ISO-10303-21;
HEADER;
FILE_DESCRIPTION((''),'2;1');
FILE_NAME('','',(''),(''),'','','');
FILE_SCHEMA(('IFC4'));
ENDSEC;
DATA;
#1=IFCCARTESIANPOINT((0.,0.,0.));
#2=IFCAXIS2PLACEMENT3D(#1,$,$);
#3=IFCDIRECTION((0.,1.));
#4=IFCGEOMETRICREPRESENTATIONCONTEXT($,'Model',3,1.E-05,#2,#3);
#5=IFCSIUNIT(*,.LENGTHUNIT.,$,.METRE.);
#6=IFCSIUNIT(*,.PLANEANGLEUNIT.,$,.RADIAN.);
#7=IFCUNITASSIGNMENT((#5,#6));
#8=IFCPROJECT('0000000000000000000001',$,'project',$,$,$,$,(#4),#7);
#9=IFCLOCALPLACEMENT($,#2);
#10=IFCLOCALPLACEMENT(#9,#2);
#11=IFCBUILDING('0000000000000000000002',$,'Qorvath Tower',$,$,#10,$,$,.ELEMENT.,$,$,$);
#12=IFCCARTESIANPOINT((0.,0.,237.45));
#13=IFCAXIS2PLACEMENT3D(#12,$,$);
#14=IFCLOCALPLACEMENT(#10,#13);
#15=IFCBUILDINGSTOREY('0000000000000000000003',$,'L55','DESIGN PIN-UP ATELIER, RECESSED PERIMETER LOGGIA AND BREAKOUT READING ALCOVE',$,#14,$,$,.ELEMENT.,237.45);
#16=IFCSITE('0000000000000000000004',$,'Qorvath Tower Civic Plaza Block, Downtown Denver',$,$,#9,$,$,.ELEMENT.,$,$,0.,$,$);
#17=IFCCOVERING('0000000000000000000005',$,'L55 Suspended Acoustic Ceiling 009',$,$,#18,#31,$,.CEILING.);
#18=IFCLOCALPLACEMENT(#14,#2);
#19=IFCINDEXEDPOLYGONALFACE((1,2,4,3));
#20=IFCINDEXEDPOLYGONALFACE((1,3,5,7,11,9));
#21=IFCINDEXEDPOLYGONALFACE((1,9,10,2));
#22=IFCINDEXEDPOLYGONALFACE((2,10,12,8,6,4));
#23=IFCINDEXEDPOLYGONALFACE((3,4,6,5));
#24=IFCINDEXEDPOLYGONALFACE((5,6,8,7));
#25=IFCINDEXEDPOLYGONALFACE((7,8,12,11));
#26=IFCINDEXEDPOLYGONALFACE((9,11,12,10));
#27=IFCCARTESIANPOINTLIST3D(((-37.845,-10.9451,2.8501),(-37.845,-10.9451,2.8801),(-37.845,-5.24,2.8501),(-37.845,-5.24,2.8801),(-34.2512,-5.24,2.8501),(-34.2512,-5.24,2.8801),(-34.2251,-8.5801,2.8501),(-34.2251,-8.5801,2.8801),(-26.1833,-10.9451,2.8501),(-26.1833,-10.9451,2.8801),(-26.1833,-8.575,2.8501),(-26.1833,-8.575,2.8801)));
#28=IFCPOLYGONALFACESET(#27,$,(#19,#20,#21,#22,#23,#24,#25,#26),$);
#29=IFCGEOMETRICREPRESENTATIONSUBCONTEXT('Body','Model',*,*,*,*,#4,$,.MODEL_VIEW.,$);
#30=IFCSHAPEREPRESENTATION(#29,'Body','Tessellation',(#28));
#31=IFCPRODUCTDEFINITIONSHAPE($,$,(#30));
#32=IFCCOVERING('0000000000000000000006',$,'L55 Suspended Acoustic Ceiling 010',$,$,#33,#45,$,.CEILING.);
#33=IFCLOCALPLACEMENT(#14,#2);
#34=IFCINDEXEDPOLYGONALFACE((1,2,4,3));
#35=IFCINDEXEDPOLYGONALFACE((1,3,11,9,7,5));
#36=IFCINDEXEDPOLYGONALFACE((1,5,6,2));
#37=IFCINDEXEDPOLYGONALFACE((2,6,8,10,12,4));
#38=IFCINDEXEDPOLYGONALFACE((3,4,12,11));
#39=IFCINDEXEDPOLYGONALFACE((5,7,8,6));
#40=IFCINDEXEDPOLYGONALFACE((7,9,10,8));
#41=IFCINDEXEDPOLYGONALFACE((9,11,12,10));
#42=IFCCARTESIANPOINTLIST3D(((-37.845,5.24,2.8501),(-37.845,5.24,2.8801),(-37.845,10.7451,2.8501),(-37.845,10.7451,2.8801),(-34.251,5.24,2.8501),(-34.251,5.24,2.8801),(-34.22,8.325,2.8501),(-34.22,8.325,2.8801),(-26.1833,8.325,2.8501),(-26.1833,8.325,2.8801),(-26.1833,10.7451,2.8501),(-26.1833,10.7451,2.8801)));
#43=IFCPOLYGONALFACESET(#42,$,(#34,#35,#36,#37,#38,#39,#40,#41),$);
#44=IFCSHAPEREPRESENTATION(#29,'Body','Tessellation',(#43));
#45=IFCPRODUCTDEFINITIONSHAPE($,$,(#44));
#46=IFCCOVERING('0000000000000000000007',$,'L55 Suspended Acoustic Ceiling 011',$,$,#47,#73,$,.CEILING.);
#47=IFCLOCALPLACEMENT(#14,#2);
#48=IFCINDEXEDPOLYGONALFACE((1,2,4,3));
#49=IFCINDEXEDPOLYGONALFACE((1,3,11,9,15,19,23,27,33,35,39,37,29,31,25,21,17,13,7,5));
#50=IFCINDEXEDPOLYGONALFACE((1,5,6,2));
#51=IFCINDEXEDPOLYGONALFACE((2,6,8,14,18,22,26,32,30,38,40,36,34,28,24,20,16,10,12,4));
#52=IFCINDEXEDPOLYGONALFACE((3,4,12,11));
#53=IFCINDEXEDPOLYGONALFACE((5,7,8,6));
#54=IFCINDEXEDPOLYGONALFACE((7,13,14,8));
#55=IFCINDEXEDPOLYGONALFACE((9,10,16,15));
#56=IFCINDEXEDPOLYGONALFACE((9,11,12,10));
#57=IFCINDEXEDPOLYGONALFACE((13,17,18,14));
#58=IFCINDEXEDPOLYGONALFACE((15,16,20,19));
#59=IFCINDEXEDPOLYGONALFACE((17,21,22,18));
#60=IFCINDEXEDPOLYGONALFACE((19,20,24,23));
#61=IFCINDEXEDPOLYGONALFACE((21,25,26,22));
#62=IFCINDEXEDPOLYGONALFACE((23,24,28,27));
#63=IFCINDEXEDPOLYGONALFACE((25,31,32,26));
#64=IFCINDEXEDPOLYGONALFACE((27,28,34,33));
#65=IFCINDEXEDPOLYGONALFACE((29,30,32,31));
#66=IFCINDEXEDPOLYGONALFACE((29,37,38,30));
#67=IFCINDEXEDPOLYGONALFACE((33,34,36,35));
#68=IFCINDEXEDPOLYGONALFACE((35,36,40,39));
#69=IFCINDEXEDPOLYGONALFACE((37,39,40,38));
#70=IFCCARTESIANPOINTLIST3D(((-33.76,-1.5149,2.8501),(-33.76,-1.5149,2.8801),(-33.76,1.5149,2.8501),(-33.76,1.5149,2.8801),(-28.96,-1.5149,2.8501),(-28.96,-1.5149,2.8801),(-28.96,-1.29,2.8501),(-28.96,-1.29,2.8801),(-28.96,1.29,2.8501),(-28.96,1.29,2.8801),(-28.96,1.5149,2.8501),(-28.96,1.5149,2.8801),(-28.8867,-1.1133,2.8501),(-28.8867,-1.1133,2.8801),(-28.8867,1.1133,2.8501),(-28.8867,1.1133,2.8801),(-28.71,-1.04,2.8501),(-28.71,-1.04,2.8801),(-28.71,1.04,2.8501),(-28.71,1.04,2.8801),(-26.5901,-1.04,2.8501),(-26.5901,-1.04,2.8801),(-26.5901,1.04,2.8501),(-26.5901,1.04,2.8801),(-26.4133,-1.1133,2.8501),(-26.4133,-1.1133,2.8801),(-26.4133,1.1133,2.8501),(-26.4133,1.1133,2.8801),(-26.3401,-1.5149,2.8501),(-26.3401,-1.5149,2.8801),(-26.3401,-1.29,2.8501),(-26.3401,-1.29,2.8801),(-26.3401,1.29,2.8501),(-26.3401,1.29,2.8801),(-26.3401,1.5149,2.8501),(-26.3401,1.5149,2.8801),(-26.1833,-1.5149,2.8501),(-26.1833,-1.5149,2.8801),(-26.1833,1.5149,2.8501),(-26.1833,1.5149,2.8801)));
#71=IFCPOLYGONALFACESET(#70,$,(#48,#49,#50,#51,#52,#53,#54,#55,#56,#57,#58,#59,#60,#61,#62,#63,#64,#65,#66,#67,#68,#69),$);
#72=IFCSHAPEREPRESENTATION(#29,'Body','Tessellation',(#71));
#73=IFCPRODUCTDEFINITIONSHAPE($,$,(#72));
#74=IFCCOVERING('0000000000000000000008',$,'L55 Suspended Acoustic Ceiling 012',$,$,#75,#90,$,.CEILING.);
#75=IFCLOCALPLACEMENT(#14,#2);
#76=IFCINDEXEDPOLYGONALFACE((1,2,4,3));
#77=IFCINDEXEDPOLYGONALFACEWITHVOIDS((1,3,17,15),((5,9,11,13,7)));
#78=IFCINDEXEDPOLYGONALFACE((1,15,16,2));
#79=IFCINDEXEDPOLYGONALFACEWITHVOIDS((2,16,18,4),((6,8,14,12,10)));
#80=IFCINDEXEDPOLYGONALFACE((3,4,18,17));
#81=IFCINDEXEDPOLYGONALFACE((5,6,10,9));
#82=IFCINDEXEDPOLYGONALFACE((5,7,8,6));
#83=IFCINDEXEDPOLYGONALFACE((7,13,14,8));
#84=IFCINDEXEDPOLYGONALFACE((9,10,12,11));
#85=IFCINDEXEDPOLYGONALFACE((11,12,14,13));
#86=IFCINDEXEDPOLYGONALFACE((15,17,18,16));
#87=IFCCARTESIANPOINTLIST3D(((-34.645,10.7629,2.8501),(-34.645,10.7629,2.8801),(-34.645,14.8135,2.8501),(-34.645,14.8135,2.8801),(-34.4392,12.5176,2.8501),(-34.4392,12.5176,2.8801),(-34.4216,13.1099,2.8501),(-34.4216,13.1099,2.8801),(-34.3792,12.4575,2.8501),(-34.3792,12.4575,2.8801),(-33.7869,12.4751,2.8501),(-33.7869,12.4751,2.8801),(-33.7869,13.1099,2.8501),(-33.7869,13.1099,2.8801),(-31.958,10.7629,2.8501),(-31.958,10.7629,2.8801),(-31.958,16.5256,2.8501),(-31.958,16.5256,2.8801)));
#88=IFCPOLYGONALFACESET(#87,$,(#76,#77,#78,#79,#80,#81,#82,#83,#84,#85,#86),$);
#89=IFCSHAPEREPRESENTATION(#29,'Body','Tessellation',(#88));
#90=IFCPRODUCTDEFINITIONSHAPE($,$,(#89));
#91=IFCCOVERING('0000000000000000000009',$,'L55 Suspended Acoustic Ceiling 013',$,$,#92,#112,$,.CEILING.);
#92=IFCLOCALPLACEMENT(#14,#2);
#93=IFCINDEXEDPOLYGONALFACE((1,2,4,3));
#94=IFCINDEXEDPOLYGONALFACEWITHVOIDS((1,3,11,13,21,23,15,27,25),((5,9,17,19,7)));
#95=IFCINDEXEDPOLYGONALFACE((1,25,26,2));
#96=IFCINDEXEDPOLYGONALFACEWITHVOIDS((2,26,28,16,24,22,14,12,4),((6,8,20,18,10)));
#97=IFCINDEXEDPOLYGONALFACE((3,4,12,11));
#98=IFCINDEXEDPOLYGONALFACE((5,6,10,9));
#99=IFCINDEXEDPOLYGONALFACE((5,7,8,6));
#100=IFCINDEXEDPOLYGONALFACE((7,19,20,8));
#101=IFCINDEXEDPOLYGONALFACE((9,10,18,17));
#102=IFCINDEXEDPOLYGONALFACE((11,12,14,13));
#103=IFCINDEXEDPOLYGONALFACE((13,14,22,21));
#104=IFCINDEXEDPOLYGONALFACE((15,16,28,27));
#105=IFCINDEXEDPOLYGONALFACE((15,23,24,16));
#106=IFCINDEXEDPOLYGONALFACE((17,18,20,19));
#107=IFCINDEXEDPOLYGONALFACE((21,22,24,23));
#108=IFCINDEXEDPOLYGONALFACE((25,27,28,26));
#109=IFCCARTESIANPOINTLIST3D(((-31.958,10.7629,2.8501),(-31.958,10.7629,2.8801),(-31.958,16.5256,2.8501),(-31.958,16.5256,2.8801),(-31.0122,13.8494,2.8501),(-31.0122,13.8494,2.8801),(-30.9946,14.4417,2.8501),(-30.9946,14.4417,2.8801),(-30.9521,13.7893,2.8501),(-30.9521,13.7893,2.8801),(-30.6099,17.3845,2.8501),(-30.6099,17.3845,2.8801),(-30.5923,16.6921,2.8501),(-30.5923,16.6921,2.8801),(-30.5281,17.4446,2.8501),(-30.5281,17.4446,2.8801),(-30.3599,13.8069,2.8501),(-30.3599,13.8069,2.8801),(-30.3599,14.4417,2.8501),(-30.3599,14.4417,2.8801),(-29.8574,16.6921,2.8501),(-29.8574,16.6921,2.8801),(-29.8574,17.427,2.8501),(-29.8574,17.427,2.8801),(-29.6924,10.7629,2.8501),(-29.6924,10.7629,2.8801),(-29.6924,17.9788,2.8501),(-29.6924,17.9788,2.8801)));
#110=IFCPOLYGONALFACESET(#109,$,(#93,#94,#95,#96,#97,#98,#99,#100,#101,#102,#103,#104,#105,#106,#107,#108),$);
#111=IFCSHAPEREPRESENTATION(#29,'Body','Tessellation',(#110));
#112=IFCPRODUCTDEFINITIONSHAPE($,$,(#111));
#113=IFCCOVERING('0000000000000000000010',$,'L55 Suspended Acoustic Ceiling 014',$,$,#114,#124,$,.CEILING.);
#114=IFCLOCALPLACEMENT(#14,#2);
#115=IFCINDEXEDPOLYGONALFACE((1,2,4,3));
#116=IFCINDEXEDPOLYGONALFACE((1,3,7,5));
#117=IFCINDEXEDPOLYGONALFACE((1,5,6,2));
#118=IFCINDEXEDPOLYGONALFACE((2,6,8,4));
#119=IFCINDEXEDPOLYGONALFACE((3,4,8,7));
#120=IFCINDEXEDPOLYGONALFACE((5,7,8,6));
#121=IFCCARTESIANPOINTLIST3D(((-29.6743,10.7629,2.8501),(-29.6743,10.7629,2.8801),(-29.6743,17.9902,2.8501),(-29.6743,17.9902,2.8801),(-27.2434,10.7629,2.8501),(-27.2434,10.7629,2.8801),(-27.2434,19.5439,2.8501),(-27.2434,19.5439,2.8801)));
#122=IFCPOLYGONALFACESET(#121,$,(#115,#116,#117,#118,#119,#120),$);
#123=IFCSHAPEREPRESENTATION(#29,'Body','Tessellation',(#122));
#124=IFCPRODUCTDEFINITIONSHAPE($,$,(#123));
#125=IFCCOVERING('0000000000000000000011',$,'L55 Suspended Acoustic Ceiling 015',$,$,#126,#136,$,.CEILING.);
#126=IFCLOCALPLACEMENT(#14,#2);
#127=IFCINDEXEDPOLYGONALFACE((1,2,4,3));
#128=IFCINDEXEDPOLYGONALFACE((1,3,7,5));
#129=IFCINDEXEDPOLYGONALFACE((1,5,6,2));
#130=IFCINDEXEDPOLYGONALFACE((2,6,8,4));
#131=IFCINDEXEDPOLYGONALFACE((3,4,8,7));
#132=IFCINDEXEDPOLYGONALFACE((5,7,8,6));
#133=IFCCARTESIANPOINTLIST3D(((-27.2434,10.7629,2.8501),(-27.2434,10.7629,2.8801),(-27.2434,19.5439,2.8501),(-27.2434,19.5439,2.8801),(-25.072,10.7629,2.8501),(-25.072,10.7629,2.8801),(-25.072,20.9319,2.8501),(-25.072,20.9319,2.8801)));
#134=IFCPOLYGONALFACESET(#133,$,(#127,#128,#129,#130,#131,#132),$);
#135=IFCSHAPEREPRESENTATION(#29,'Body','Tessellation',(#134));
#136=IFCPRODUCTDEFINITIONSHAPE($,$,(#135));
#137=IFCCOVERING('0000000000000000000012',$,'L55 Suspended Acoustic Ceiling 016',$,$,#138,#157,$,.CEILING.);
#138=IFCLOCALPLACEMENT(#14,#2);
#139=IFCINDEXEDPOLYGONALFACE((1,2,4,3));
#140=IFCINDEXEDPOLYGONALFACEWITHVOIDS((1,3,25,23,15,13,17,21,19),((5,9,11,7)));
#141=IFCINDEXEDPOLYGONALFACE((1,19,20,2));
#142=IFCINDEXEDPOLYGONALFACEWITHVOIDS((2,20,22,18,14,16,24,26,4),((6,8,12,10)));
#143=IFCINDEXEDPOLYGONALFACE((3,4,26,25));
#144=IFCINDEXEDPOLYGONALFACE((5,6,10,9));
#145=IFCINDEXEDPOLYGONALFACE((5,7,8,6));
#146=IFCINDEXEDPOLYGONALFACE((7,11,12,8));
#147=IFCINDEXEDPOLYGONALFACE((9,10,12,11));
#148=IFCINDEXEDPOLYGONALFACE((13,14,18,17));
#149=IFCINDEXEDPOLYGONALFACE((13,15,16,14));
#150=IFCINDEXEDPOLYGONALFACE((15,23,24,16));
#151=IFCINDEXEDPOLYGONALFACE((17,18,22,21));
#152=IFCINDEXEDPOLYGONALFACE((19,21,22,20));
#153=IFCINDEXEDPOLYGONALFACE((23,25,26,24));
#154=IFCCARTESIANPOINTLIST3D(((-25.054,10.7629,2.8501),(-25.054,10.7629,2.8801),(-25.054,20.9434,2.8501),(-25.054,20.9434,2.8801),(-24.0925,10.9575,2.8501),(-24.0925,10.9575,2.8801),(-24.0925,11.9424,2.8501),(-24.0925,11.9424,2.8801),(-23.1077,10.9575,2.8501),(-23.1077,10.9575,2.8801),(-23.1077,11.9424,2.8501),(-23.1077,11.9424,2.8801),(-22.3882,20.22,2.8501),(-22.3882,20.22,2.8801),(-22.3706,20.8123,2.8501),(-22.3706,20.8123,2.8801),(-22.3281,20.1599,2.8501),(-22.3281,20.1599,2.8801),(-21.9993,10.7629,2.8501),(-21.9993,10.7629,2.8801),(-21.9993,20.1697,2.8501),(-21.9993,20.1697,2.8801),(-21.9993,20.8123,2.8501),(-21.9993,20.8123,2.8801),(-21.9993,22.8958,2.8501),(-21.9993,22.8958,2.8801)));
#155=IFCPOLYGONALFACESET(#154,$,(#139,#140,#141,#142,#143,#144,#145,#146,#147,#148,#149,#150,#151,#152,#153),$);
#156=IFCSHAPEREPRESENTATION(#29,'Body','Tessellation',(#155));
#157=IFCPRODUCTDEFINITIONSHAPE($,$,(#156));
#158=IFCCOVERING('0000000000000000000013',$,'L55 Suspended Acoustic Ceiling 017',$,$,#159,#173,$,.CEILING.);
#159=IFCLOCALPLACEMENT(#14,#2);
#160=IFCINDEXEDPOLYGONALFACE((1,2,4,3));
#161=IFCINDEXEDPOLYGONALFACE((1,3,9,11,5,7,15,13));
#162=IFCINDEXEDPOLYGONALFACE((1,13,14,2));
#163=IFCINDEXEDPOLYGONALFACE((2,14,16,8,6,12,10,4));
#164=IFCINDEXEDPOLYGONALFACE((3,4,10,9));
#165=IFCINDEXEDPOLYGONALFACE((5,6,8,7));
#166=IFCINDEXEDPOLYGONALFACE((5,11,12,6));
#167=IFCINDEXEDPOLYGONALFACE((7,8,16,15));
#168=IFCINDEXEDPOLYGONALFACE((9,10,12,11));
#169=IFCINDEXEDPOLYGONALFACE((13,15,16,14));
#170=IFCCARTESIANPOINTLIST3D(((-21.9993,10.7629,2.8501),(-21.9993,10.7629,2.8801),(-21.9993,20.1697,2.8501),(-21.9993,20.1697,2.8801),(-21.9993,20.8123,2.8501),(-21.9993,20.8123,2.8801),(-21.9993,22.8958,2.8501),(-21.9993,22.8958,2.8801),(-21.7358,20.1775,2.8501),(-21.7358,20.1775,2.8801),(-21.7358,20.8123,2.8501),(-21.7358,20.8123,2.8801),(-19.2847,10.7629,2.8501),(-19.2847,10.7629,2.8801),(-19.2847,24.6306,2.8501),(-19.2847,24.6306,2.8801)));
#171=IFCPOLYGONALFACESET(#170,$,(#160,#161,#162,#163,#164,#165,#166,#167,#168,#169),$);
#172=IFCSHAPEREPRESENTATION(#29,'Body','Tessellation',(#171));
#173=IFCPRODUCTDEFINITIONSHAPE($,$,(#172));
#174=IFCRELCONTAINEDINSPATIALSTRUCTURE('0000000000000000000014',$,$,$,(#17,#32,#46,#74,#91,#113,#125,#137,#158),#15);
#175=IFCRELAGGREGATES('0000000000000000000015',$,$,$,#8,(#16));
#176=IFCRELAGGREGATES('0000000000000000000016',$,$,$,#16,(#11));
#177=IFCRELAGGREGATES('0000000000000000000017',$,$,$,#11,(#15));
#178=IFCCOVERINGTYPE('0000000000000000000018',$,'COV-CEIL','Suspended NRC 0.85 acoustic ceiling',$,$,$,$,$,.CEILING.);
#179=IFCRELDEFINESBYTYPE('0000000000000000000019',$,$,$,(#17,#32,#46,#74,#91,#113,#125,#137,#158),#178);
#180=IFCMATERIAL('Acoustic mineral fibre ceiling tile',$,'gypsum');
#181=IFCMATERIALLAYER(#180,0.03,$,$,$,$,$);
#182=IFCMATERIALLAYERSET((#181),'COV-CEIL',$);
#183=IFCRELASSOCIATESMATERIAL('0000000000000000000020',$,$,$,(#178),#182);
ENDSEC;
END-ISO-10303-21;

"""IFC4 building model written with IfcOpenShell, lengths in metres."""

from ifc_helpers import new_model, si_unit, direction, frame, origin, place, context, subcontext, project, spatial, polyline, outline, extrude, material, layer, layer_set, type_object, element, save


model = new_model("IFC4")

# Units and contexts
model_context = context("Model", 3, precision=1e-05, world=origin(), true_north=direction((0.0, 1.0)))
body_context = subcontext(model_context, "Body", "Model", "MODEL_VIEW")
ifc_project = project(units=[si_unit("LENGTHUNIT", "METRE"), si_unit("PLANEANGLEUNIT", "RADIAN")], contexts=[model_context])

# Site, building, storey
site_placement = place(None, origin())
site = spatial("IfcSite", under=ifc_project, at=site_placement, Name="Qorvath Tower Civic Plaza Block, Downtown Denver", CompositionType="ELEMENT", RefElevation=0.0)
building_placement = place(site_placement, origin())
building = spatial("IfcBuilding", under=site, at=building_placement, Name="Qorvath Tower", CompositionType="ELEMENT")
storey_placement = place(building_placement, frame((0.0, 0.0, 237.45)))
storey = spatial("IfcBuildingStorey", under=building, at=storey_placement, Name="L55", Description="DESIGN PIN-UP ATELIER, RECESSED PERIMETER LOGGIA AND BREAKOUT READING ALCOVE", CompositionType="ELEMENT", Elevation=237.45)

# Coverings
ifc_material_1 = material(Name="Acoustic mineral fibre ceiling tile", Category="gypsum")
ifc_layer_1 = layer(ifc_material_1, 0.03)
ifc_layer_set_1 = layer_set([ifc_layer_1], Name="COV-CEIL")
covering_type_1 = type_object("IfcCoveringType", Name="COV-CEIL", Description="Suspended NRC 0.85 acoustic ceiling", PredefinedType="CEILING", material=ifc_layer_set_1)
covering_1_placement = place(storey_placement, frame((0.0, 0.0, 2.8501)))
element("IfcCovering", 1, at=covering_1_placement, inside=storey, type_object=covering_type_1, Name="L55 Suspended Acoustic Ceiling 009", PredefinedType="CEILING", context=body_context, shape_type="SweptSolid", body=[
    extrude(outline(polyline([(-34.2251, -8.5801), (-34.2512, -5.24), (-37.845, -5.24), (-37.845, -10.9451), (-26.1833, -10.9451), (-26.1833, -8.575), (-34.2251, -8.5801)])), origin(), (0.0, 0.0, 1.0), 0.03),
])
covering_2_placement = place(storey_placement, frame((0.0, 0.0, 2.8501)))
element("IfcCovering", 2, at=covering_2_placement, inside=storey, type_object=covering_type_1, Name="L55 Suspended Acoustic Ceiling 010", PredefinedType="CEILING", context=body_context, shape_type="SweptSolid", body=[
    extrude(outline(polyline([(-26.1833, 8.325), (-26.1833, 10.7451), (-37.845, 10.7451), (-37.845, 5.24), (-34.251, 5.24), (-34.22, 8.325), (-26.1833, 8.325)])), origin(), (0.0, 0.0, 1.0), 0.03),
])
covering_3_placement = place(storey_placement, frame((0.0, 0.0, 2.8501)))
element("IfcCovering", 3, at=covering_3_placement, inside=storey, type_object=covering_type_1, Name="L55 Suspended Acoustic Ceiling 011", PredefinedType="CEILING", context=body_context, shape_type="SweptSolid", body=[
    extrude(outline(polyline([(-26.1833, -1.5149), (-26.1833, 1.5149), (-26.3401, 1.5149), (-26.3401, 1.29), (-26.4133, 1.1133), (-26.5901, 1.04), (-28.71, 1.04), (-28.8867, 1.1133), (-28.96, 1.29), (-28.96, 1.5149), (-33.76, 1.5149), (-33.76, -1.5149), (-28.96, -1.5149), (-28.96, -1.29), (-28.8867, -1.1133), (-28.71, -1.04), (-26.5901, -1.04), (-26.4133, -1.1133), (-26.3401, -1.29), (-26.3401, -1.5149), (-26.1833, -1.5149)])), origin(), (0.0, 0.0, 1.0), 0.03),
])
covering_4_placement = place(storey_placement, frame((0.0, 0.0, 2.8501)))
element("IfcCovering", 4, at=covering_4_placement, inside=storey, type_object=covering_type_1, Name="L55 Suspended Acoustic Ceiling 012", PredefinedType="CEILING", context=body_context, shape_type="SweptSolid", body=[
    extrude(outline(polyline([(-31.958, 10.7629), (-31.958, 16.5256), (-34.645, 14.8135), (-34.645, 10.7629), (-31.958, 10.7629)]), holes=[polyline([(-34.4392, 12.5176), (-34.4216, 13.1099), (-33.7869, 13.1099), (-33.7869, 12.4751), (-34.3792, 12.4575), (-34.4392, 12.5176)])]), origin(), (0.0, 0.0, 1.0), 0.03),
])
covering_5_placement = place(storey_placement, frame((0.0, 0.0, 2.8501)))
element("IfcCovering", 5, at=covering_5_placement, inside=storey, type_object=covering_type_1, Name="L55 Suspended Acoustic Ceiling 013", PredefinedType="CEILING", context=body_context, shape_type="SweptSolid", body=[
    extrude(outline(polyline([(-30.6099, 17.3845), (-31.958, 16.5256), (-31.958, 10.7629), (-29.6924, 10.7629), (-29.6924, 17.9788), (-30.5281, 17.4446), (-29.8574, 17.427), (-29.8574, 16.6921), (-30.5923, 16.6921), (-30.6099, 17.3845)]), holes=[polyline([(-31.0122, 13.8494), (-30.9946, 14.4417), (-30.3599, 14.4417), (-30.3599, 13.8069), (-30.9521, 13.7893), (-31.0122, 13.8494)])]), origin(), (0.0, 0.0, 1.0), 0.03),
])
covering_6_placement = place(storey_placement, frame((0.0, 0.0, 2.8501)))
element("IfcCovering", 6, at=covering_6_placement, inside=storey, type_object=covering_type_1, Name="L55 Suspended Acoustic Ceiling 014", PredefinedType="CEILING", context=body_context, shape_type="SweptSolid", body=[
    extrude(outline(polyline([(-29.6743, 10.7629), (-27.2434, 10.7629), (-27.2434, 19.5439), (-29.6743, 17.9902), (-29.6743, 10.7629)])), origin(), (0.0, 0.0, 1.0), 0.03),
])
covering_7_placement = place(storey_placement, frame((0.0, 0.0, 2.8501)))
element("IfcCovering", 7, at=covering_7_placement, inside=storey, type_object=covering_type_1, Name="L55 Suspended Acoustic Ceiling 015", PredefinedType="CEILING", context=body_context, shape_type="SweptSolid", body=[
    extrude(outline(polyline([(-27.2434, 19.5439), (-27.2434, 10.7629), (-25.072, 10.7629), (-25.072, 20.9319), (-27.2434, 19.5439)])), origin(), (0.0, 0.0, 1.0), 0.03),
])
covering_8_placement = place(storey_placement, frame((0.0, 0.0, 2.8501)))
element("IfcCovering", 8, at=covering_8_placement, inside=storey, type_object=covering_type_1, Name="L55 Suspended Acoustic Ceiling 016", PredefinedType="CEILING", context=body_context, shape_type="SweptSolid", body=[
    extrude(outline(polyline([(-25.054, 10.7629), (-21.9993, 10.7629), (-21.9993, 20.1697), (-22.3281, 20.1599), (-22.3882, 20.22), (-22.3706, 20.8123), (-21.9993, 20.8123), (-21.9993, 22.8958), (-25.054, 20.9434), (-25.054, 10.7629)]), holes=[polyline([(-24.0925, 10.9575), (-24.0925, 11.9424), (-23.1077, 11.9424), (-23.1077, 10.9575), (-24.0925, 10.9575)])]), origin(), (0.0, 0.0, 1.0), 0.03),
])
covering_9_placement = place(storey_placement, frame((0.0, 0.0, 2.8501)))
element("IfcCovering", 9, at=covering_9_placement, inside=storey, type_object=covering_type_1, Name="L55 Suspended Acoustic Ceiling 017", PredefinedType="CEILING", context=body_context, shape_type="SweptSolid", body=[
    extrude(outline(polyline([(-21.9993, 22.8958), (-21.9993, 20.8123), (-21.7358, 20.8123), (-21.7358, 20.1775), (-21.9993, 20.1697), (-21.9993, 10.7629), (-19.2847, 10.7629), (-19.2847, 24.6306), (-21.9993, 22.8958)])), origin(), (0.0, 0.0, 1.0), 0.03),
])

save(model, "model.ifc")
